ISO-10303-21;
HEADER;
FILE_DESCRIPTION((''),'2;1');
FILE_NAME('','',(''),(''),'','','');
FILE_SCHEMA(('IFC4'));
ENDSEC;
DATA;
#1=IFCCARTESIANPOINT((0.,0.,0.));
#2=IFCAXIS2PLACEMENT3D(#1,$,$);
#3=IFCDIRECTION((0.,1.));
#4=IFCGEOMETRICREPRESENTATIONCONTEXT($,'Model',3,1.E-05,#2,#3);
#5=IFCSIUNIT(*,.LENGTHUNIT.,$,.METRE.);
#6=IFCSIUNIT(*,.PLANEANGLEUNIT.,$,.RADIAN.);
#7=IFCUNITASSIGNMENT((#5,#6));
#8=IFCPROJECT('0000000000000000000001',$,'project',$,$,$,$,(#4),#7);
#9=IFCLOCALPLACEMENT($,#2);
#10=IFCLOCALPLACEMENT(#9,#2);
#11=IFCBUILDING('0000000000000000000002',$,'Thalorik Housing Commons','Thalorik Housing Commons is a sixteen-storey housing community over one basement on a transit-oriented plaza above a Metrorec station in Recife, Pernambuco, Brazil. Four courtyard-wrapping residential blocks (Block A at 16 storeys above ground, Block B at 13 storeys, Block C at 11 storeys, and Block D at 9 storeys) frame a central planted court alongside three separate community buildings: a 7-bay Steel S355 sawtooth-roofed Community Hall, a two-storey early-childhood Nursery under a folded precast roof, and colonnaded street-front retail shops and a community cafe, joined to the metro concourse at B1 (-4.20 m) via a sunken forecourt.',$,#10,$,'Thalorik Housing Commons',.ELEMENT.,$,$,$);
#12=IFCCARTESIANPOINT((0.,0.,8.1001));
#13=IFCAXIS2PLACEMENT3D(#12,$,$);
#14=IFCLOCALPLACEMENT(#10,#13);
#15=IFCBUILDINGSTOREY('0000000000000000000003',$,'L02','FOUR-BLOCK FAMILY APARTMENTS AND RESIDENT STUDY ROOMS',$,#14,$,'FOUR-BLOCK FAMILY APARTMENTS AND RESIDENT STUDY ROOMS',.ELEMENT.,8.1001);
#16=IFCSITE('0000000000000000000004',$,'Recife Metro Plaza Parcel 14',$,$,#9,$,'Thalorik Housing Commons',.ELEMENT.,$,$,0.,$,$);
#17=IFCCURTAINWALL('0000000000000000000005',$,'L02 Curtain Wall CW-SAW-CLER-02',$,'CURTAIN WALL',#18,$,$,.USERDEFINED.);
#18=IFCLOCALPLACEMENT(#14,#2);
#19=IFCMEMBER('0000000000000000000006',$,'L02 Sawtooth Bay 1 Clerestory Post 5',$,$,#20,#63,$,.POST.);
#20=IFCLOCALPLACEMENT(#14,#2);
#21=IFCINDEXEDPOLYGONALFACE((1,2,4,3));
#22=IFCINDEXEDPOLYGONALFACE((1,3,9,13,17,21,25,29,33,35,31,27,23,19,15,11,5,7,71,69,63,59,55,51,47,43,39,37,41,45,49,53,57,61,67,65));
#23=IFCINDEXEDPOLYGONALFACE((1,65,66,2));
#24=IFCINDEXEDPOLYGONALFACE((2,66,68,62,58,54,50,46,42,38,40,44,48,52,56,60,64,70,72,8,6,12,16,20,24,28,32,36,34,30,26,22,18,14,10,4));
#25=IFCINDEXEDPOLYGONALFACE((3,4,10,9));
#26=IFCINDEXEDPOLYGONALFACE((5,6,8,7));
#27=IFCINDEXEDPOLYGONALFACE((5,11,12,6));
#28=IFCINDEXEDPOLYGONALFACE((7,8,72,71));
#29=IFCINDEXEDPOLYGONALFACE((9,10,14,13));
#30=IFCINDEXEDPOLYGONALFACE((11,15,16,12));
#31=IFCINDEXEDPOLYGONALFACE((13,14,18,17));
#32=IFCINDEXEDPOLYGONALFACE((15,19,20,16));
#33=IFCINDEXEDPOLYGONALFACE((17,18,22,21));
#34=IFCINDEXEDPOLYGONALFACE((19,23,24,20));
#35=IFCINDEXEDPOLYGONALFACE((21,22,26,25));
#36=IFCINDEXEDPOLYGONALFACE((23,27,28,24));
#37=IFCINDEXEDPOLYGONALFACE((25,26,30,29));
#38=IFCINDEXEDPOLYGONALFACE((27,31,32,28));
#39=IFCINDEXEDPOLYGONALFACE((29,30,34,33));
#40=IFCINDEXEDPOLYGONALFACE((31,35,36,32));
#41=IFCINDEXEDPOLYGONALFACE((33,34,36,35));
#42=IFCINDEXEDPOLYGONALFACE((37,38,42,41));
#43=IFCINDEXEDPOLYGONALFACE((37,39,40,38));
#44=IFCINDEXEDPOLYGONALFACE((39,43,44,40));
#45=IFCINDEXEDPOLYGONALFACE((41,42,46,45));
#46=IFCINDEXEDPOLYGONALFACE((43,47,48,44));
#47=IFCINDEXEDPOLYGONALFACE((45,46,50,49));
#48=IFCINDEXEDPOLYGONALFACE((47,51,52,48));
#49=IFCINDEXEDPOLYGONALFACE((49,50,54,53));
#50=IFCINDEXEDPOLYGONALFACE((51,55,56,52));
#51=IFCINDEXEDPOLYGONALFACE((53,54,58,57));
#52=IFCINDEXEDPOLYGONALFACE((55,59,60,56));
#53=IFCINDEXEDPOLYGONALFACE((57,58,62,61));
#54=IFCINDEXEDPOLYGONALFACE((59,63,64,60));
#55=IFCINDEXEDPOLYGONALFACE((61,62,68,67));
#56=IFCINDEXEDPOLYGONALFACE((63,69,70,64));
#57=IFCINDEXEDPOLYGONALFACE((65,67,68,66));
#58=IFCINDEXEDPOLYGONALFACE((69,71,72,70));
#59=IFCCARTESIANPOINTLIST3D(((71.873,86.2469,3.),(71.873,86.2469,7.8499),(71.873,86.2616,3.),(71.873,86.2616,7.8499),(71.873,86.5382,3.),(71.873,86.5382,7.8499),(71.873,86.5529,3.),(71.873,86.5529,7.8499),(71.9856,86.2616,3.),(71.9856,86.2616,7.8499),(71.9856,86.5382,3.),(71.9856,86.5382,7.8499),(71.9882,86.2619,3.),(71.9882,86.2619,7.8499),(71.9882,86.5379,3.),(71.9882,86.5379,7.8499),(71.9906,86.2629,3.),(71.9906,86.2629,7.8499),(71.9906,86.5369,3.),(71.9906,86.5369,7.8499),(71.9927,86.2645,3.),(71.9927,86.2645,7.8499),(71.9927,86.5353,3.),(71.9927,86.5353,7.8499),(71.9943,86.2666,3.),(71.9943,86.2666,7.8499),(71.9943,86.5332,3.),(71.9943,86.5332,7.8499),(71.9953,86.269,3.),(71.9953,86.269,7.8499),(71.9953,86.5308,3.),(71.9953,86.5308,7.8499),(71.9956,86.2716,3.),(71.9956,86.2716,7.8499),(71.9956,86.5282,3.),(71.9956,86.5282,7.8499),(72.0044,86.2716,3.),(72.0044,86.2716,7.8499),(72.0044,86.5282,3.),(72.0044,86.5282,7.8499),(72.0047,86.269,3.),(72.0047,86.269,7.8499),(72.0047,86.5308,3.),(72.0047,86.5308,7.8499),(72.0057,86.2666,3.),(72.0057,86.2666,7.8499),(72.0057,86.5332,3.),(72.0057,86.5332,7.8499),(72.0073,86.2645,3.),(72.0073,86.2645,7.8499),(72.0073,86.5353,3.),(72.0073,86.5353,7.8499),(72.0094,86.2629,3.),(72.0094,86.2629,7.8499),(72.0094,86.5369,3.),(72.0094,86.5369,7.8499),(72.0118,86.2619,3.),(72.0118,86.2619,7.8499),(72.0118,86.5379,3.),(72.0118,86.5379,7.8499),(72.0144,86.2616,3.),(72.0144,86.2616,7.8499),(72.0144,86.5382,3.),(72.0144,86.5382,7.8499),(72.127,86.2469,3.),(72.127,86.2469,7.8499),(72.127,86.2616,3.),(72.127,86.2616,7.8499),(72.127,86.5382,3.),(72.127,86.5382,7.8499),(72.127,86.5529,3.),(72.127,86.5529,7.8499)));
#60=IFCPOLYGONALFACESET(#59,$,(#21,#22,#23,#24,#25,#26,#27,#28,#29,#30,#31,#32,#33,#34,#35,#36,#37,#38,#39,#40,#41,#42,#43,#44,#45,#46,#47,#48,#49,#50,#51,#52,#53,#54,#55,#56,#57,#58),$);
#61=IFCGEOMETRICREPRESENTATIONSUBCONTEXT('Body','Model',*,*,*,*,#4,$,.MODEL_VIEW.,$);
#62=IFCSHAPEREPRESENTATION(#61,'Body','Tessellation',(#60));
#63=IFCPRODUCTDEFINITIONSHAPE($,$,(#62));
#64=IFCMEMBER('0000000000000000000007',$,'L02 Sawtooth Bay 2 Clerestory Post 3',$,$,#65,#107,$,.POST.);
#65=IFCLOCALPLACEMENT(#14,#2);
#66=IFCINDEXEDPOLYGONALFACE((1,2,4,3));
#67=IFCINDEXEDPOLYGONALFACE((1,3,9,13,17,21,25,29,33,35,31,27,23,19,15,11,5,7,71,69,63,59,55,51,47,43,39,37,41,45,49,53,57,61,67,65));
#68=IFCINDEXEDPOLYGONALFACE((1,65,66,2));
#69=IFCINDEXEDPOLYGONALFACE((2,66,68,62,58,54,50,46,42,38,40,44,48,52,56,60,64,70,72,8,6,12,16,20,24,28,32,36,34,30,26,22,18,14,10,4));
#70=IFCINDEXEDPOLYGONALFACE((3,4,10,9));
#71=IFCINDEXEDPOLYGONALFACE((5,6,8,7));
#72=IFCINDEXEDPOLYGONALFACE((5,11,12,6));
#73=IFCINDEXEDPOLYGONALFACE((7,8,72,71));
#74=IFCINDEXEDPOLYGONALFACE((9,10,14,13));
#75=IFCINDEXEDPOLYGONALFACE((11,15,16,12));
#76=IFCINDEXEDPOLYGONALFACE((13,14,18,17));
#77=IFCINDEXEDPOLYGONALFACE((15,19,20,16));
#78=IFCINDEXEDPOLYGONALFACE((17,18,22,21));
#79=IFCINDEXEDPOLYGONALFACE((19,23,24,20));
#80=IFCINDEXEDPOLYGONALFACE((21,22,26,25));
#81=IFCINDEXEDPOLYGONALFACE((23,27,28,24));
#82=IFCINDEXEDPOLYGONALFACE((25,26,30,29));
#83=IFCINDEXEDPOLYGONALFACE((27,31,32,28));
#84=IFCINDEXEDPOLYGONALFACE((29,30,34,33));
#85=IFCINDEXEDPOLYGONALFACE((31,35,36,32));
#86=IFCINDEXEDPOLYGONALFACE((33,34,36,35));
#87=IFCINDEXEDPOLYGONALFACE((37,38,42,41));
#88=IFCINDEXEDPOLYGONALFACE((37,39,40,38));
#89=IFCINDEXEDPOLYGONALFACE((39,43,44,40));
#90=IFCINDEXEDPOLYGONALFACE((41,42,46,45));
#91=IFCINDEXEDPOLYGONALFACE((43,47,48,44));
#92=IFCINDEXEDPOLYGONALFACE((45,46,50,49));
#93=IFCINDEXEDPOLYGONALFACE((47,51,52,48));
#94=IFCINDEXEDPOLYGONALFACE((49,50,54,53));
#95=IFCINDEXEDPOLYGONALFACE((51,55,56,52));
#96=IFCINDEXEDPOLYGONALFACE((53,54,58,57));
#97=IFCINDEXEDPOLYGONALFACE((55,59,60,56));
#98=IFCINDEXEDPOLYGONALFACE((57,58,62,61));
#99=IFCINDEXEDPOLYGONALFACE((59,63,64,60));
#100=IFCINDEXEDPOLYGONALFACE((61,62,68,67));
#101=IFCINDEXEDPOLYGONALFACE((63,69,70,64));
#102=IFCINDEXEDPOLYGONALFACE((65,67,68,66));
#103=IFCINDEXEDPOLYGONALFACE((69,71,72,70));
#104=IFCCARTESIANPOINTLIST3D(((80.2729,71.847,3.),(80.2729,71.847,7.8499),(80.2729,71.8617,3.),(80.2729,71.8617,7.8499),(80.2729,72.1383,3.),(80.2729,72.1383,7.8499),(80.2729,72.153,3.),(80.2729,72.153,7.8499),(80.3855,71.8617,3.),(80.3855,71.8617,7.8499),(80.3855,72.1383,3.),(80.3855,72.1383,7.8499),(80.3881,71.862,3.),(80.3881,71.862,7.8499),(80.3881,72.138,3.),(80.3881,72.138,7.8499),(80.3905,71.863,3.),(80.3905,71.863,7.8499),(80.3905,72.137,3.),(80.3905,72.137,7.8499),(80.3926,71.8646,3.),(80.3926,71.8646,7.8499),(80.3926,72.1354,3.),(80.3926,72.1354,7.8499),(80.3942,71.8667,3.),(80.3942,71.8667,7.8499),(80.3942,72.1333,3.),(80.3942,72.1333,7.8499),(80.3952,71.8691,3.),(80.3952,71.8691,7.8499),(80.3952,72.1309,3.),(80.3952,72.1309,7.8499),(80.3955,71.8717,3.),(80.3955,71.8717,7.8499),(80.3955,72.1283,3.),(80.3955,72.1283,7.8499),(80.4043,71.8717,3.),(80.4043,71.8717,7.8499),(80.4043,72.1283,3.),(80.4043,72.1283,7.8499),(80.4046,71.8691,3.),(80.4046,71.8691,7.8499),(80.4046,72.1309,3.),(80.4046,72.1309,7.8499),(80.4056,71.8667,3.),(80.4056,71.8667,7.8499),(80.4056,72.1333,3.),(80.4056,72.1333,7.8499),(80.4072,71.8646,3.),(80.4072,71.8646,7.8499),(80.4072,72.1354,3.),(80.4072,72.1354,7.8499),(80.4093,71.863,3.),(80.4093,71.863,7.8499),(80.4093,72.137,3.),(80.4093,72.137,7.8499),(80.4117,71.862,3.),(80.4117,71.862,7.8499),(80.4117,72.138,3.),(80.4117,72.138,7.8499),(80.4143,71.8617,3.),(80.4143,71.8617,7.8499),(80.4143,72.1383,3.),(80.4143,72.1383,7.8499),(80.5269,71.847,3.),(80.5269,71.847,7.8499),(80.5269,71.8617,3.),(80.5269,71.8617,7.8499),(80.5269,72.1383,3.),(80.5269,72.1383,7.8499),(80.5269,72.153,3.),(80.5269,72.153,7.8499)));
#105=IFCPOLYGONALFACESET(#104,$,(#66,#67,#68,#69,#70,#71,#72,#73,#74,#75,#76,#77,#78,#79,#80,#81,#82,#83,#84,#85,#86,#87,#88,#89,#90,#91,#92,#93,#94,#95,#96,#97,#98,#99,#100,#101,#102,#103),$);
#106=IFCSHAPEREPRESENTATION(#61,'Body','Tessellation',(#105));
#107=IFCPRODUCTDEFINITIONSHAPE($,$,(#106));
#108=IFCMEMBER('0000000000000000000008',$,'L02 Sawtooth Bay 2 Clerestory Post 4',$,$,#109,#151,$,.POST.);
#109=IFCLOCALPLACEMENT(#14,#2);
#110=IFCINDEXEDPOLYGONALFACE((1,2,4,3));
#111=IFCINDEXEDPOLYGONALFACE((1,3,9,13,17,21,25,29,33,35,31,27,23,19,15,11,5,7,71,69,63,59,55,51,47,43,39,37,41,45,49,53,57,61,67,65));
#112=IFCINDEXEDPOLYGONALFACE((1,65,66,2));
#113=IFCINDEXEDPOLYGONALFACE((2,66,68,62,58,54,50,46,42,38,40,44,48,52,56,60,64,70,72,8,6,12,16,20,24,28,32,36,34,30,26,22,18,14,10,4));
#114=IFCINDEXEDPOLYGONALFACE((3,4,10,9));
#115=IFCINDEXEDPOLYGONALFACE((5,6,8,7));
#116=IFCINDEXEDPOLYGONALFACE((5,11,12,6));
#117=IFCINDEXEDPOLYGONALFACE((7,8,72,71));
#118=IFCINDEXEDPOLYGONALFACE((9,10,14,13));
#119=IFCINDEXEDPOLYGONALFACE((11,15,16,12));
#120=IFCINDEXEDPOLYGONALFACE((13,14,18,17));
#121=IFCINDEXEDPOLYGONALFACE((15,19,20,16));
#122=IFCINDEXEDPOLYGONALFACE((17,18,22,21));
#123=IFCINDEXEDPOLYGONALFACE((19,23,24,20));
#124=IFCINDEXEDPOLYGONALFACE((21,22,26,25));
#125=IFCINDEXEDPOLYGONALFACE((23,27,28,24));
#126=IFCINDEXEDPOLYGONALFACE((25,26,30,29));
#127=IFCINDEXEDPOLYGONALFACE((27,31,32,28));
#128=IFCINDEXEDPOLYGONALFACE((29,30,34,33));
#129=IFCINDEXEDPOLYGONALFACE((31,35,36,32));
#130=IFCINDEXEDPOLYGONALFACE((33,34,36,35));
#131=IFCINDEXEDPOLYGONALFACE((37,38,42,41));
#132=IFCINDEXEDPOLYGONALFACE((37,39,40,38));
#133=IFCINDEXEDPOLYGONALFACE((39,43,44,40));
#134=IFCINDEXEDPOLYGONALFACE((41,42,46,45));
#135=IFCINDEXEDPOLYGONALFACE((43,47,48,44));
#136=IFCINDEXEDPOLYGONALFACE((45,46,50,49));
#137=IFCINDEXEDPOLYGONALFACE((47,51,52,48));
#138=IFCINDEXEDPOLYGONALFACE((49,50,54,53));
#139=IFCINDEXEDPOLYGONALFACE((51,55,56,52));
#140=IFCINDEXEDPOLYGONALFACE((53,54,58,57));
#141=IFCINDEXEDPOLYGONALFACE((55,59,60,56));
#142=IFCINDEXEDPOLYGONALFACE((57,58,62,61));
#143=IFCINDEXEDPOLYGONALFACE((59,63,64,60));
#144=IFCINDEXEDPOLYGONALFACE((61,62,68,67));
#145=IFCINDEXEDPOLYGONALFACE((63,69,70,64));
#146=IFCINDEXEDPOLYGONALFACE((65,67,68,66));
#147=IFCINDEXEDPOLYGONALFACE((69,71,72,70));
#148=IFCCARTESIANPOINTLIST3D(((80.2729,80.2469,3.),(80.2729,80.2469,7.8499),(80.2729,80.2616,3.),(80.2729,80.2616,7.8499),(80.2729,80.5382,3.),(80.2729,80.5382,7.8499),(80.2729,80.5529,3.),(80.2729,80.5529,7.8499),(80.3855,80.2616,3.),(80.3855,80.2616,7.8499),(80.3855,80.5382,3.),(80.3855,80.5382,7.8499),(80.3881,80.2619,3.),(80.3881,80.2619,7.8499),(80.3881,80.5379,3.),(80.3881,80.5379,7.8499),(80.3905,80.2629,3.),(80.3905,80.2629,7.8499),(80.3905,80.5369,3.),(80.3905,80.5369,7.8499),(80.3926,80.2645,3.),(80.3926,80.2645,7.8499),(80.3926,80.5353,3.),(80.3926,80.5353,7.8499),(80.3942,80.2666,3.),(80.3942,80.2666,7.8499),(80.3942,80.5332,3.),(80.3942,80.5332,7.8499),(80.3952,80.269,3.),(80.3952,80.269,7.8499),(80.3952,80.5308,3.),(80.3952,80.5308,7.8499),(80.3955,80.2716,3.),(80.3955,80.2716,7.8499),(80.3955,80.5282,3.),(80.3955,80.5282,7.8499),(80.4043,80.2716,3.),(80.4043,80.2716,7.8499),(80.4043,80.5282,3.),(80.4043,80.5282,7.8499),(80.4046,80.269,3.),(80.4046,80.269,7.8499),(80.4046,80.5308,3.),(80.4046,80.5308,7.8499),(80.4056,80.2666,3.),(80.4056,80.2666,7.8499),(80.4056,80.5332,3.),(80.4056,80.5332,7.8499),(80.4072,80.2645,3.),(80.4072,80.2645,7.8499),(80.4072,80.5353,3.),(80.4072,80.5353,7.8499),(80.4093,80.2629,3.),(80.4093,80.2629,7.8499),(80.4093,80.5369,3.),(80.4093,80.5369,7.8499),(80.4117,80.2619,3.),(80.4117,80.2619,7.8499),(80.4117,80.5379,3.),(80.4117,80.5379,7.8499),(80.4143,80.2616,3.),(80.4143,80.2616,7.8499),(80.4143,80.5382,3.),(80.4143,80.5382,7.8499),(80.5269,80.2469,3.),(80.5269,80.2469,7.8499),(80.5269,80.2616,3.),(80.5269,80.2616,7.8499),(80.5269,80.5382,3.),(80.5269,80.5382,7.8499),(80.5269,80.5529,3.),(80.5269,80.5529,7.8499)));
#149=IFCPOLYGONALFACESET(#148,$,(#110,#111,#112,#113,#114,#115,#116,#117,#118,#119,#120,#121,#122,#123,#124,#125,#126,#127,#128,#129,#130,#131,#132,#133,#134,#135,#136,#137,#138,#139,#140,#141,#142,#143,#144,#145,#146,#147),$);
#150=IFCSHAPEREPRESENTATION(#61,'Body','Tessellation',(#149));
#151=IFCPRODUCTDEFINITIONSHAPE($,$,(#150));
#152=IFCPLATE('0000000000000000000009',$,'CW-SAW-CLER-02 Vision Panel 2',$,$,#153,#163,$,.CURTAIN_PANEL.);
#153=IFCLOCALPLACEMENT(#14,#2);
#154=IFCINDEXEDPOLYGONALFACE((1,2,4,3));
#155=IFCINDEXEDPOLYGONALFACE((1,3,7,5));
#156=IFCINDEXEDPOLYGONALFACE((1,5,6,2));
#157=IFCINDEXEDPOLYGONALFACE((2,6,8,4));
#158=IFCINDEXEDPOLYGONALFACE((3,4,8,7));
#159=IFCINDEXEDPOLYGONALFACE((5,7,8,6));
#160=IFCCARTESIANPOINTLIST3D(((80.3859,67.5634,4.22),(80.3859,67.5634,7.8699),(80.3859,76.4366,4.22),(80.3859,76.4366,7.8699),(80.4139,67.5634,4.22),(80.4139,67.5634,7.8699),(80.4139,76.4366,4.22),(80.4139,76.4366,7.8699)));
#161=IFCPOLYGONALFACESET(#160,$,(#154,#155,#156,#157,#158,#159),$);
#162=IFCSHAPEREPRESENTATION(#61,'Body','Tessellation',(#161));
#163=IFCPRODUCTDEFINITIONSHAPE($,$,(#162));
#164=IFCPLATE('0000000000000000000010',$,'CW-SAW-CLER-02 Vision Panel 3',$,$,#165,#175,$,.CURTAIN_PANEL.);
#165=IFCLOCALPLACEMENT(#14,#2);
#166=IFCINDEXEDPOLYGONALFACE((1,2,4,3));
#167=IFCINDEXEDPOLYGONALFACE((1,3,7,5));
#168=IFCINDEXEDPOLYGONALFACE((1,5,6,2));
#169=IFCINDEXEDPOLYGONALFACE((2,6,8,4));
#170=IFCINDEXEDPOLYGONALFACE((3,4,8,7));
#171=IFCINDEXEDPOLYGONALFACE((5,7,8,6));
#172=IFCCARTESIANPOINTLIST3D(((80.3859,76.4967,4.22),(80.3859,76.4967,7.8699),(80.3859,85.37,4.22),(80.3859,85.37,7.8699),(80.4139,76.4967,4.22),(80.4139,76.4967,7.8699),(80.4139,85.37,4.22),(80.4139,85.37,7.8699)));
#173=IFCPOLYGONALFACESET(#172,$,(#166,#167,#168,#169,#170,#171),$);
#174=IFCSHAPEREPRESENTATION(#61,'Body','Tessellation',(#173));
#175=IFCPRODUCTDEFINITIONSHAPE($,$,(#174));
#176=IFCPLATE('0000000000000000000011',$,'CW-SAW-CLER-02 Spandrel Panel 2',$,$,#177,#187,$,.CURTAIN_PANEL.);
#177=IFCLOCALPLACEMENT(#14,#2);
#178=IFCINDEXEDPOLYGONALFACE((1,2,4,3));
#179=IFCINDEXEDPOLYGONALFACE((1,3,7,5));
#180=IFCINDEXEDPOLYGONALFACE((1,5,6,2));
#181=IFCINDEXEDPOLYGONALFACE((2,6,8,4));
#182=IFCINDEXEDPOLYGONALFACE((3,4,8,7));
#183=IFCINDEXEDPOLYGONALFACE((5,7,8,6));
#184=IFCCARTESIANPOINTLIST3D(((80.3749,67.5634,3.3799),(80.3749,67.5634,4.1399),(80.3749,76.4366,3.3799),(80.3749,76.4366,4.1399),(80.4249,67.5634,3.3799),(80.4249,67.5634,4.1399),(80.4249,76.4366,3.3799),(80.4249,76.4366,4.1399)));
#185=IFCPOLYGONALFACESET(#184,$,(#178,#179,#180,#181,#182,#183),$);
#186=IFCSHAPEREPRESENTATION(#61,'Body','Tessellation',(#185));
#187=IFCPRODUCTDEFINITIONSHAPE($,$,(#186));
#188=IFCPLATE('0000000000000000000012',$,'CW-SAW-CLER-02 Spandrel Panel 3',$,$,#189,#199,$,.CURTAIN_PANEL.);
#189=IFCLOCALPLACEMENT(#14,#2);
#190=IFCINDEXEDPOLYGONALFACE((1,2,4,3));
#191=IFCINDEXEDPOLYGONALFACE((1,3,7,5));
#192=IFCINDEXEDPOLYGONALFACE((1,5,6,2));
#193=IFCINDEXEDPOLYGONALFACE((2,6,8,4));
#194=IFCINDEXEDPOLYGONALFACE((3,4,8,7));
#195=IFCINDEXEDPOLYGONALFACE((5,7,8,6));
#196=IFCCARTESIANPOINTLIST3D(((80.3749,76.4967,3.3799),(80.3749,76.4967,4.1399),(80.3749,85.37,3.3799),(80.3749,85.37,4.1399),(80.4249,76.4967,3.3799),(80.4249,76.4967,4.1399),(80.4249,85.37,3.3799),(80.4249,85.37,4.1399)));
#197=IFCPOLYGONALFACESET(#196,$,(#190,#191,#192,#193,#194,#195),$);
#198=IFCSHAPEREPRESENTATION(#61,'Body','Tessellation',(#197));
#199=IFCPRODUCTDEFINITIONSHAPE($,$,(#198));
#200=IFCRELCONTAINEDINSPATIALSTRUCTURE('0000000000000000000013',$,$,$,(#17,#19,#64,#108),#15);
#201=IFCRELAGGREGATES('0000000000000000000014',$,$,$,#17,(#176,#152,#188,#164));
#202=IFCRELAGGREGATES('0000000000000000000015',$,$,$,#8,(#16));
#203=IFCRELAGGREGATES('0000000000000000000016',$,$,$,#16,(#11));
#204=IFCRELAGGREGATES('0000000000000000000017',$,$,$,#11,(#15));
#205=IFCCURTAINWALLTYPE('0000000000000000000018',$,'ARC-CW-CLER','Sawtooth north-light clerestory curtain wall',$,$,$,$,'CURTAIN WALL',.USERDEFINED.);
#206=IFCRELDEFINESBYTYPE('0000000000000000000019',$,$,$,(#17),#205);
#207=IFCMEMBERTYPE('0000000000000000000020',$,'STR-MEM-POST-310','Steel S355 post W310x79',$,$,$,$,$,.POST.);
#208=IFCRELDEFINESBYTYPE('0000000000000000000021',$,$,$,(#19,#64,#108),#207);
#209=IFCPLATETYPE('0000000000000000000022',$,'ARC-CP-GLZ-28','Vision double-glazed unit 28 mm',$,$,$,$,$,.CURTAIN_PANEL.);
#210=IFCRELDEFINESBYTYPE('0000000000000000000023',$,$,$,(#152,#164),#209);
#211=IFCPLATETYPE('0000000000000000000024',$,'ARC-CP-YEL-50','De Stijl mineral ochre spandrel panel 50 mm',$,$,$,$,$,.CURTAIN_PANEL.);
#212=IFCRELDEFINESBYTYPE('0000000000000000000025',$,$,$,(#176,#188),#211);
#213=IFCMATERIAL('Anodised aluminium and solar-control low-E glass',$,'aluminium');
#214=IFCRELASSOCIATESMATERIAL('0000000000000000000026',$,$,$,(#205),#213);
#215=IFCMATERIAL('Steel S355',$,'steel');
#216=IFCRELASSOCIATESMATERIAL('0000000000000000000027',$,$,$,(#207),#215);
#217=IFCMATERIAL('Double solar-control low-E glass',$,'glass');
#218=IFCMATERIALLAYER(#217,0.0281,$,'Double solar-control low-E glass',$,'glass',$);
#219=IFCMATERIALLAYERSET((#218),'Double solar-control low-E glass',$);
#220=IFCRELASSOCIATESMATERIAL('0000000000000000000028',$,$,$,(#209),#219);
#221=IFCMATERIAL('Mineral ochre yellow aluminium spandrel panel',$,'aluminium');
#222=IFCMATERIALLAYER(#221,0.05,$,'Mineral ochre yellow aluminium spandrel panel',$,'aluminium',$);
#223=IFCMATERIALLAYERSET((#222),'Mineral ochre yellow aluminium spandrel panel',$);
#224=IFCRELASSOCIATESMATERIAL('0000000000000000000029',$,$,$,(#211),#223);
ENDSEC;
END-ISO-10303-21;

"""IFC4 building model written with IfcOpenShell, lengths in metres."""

from ifc_helpers import new_model, si_unit, direction, frame, origin, origin_2d, place, context, subcontext, project, spatial, rectangle, i_section, extrude, material, layer, layer_set, material_profile, profile_set, type_object, element, aggregate, save


model = new_model("IFC4")

# Units and contexts
model_context = context("Model", 3, precision=1e-05, world=origin(), true_north=direction((0.0, 1.0)))
body_context = subcontext(model_context, "Body", "Model", "MODEL_VIEW")
ifc_project = project(units=[si_unit("LENGTHUNIT", "METRE"), si_unit("PLANEANGLEUNIT", "RADIAN")], contexts=[model_context])

# Site, building, storey
site_placement = place(None, origin())
site = spatial("IfcSite", under=ifc_project, at=site_placement, Name="Recife Metro Plaza Parcel 14", LongName="Thalorik Housing Commons", CompositionType="ELEMENT", RefElevation=0.0)
building_placement = place(site_placement, origin())
building = spatial("IfcBuilding", under=site, at=building_placement, Name="Thalorik Housing Commons", Description="Thalorik Housing Commons is a sixteen-storey housing community over one basement on a transit-oriented plaza above a Metrorec station in Recife, Pernambuco, Brazil. Four courtyard-wrapping residential blocks (Block A at 16 storeys above ground, Block B at 13 storeys, Block C at 11 storeys, and Block D at 9 storeys) frame a central planted court alongside three separate community buildings: a 7-bay Steel S355 sawtooth-roofed Community Hall, a two-storey early-childhood Nursery under a folded precast roof, and colonnaded street-front retail shops and a community cafe, joined to the metro concourse at B1 (-4.20 m) via a sunken forecourt.", LongName="Thalorik Housing Commons", CompositionType="ELEMENT")
storey_placement = place(building_placement, frame((0.0, 0.0, 8.1001)))
storey = spatial("IfcBuildingStorey", under=building, at=storey_placement, Name="L02", Description="FOUR-BLOCK FAMILY APARTMENTS AND RESIDENT STUDY ROOMS", LongName="FOUR-BLOCK FAMILY APARTMENTS AND RESIDENT STUDY ROOMS", CompositionType="ELEMENT", Elevation=8.1001)

# Shared definitions
ifc_material_1 = material(Name="Steel S355", Category="steel")

# Curtain wall
ifc_material_2 = material(Name="Anodised aluminium and solar-control low-E glass", Category="aluminium")
curtain_wall_type = type_object("IfcCurtainWallType", Name="ARC-CW-CLER", Description="Sawtooth north-light clerestory curtain wall", ElementType="CURTAIN WALL", PredefinedType="USERDEFINED", material=ifc_material_2)
curtain_wall_placement = place(storey_placement, origin())
curtain_wall = element("IfcCurtainWall", 1, at=curtain_wall_placement, inside=storey, type_object=curtain_wall_type, Name="L02 Curtain Wall CW-SAW-CLER-02", ObjectType="CURTAIN WALL", PredefinedType="USERDEFINED")

# Members
ifc_material_profile_1 = material_profile(ifc_material_1, i_section(OverallWidth=0.2539, OverallDepth=0.3059, WebThickness=0.0088, FlangeThickness=0.0146, FilletRadius=0.01, at=origin_2d()), Name="W310x79", Category="steel")
ifc_profile_set_1 = profile_set([ifc_material_profile_1], Name="Steel S355")
member_type_1 = type_object("IfcMemberType", Name="STR-MEM-POST-310", Description="Steel S355 post W310x79", PredefinedType="POST", material=ifc_profile_set_1)
for number, where, z_axis, x_axis, name in (
    (2, (72.0, 86.3999, 3.0), (0.0, 0.0, 1.0), (1.0, 0.0, 0.0), "L02 Sawtooth Bay 1 Clerestory Post 5"),
    (3, (80.3999, 72.0, 3.0), (0.0, 0.0, 1.0), (1.0, 0.0, 0.0), "L02 Sawtooth Bay 2 Clerestory Post 3"),
    (4, (80.3999, 80.3999, 3.0), (0.0, 0.0, 1.0), (1.0, 0.0, 0.0), "L02 Sawtooth Bay 2 Clerestory Post 4"),
):
    element("IfcMember", number, at=place(storey_placement, frame(where, z_axis=z_axis, x_axis=x_axis)), inside=storey, type_object=member_type_1, Name=name, PredefinedType="POST", context=body_context, shape_type="SweptSolid", body=[
        extrude(i_section(OverallWidth=0.2539, OverallDepth=0.3059, WebThickness=0.0088, FlangeThickness=0.0146, FilletRadius=0.01, at=origin_2d()), origin(), (0.0, 0.0, 1.0), 4.8499),
    ])

# Plates
ifc_material_3 = material(Name="Double solar-control low-E glass", Category="glass")
ifc_layer_1 = layer(ifc_material_3, 0.0281, Name="Double solar-control low-E glass", Category="glass")
ifc_layer_set_1 = layer_set([ifc_layer_1], Name="Double solar-control low-E glass")
plate_type_1 = type_object("IfcPlateType", Name="ARC-CP-GLZ-28", Description="Vision double-glazed unit 28 mm", PredefinedType="CURTAIN_PANEL", material=ifc_layer_set_1)
plate_1_placement = place(storey_placement, frame((80.3999, 72.0, 4.22), z_axis=(0.0, 0.0, 1.0), x_axis=(0.0, 1.0, 0.0)))
plate_1 = element("IfcPlate", 5, at=plate_1_placement, type_object=plate_type_1, Name="CW-SAW-CLER-02 Vision Panel 2", PredefinedType="CURTAIN_PANEL", context=body_context, shape_type="SweptSolid", body=[
    extrude(rectangle(XDim=8.8733, YDim=0.0281, at=origin_2d()), origin(), (0.0, 0.0, 1.0), 3.6499),
])
plate_2_placement = place(storey_placement, frame((80.3999, 80.9333, 4.22), z_axis=(0.0, 0.0, 1.0), x_axis=(0.0, 1.0, 0.0)))
plate_2 = element("IfcPlate", 6, at=plate_2_placement, type_object=plate_type_1, Name="CW-SAW-CLER-02 Vision Panel 3", PredefinedType="CURTAIN_PANEL", context=body_context, shape_type="SweptSolid", body=[
    extrude(rectangle(XDim=8.8733, YDim=0.0281, at=origin_2d()), origin(), (0.0, 0.0, 1.0), 3.6499),
])
ifc_material_4 = material(Name="Mineral ochre yellow aluminium spandrel panel", Category="aluminium")
ifc_layer_2 = layer(ifc_material_4, 0.05, Name="Mineral ochre yellow aluminium spandrel panel", Category="aluminium")
ifc_layer_set_2 = layer_set([ifc_layer_2], Name="Mineral ochre yellow aluminium spandrel panel")
plate_type_2 = type_object("IfcPlateType", Name="ARC-CP-YEL-50", Description="De Stijl mineral ochre spandrel panel 50 mm", PredefinedType="CURTAIN_PANEL", material=ifc_layer_set_2)
plate_3_placement = place(storey_placement, frame((80.3999, 72.0, 3.3799), z_axis=(0.0, 0.0, 1.0), x_axis=(0.0, 1.0, 0.0)))
plate_3 = element("IfcPlate", 7, at=plate_3_placement, type_object=plate_type_2, Name="CW-SAW-CLER-02 Spandrel Panel 2", PredefinedType="CURTAIN_PANEL", context=body_context, shape_type="SweptSolid", body=[
    extrude(rectangle(XDim=8.8733, YDim=0.05, at=origin_2d()), origin(), (0.0, 0.0, 1.0), 0.76),
])
plate_4_placement = place(storey_placement, frame((80.3999, 80.9333, 3.3799), z_axis=(0.0, 0.0, 1.0), x_axis=(0.0, 1.0, 0.0)))
plate_4 = element("IfcPlate", 8, at=plate_4_placement, type_object=plate_type_2, Name="CW-SAW-CLER-02 Spandrel Panel 3", PredefinedType="CURTAIN_PANEL", context=body_context, shape_type="SweptSolid", body=[
    extrude(rectangle(XDim=8.8733, YDim=0.05, at=origin_2d()), origin(), (0.0, 0.0, 1.0), 0.76),
])
aggregate(curtain_wall, [plate_3, plate_1, plate_4, plate_2])

save(model, "model.ifc")
